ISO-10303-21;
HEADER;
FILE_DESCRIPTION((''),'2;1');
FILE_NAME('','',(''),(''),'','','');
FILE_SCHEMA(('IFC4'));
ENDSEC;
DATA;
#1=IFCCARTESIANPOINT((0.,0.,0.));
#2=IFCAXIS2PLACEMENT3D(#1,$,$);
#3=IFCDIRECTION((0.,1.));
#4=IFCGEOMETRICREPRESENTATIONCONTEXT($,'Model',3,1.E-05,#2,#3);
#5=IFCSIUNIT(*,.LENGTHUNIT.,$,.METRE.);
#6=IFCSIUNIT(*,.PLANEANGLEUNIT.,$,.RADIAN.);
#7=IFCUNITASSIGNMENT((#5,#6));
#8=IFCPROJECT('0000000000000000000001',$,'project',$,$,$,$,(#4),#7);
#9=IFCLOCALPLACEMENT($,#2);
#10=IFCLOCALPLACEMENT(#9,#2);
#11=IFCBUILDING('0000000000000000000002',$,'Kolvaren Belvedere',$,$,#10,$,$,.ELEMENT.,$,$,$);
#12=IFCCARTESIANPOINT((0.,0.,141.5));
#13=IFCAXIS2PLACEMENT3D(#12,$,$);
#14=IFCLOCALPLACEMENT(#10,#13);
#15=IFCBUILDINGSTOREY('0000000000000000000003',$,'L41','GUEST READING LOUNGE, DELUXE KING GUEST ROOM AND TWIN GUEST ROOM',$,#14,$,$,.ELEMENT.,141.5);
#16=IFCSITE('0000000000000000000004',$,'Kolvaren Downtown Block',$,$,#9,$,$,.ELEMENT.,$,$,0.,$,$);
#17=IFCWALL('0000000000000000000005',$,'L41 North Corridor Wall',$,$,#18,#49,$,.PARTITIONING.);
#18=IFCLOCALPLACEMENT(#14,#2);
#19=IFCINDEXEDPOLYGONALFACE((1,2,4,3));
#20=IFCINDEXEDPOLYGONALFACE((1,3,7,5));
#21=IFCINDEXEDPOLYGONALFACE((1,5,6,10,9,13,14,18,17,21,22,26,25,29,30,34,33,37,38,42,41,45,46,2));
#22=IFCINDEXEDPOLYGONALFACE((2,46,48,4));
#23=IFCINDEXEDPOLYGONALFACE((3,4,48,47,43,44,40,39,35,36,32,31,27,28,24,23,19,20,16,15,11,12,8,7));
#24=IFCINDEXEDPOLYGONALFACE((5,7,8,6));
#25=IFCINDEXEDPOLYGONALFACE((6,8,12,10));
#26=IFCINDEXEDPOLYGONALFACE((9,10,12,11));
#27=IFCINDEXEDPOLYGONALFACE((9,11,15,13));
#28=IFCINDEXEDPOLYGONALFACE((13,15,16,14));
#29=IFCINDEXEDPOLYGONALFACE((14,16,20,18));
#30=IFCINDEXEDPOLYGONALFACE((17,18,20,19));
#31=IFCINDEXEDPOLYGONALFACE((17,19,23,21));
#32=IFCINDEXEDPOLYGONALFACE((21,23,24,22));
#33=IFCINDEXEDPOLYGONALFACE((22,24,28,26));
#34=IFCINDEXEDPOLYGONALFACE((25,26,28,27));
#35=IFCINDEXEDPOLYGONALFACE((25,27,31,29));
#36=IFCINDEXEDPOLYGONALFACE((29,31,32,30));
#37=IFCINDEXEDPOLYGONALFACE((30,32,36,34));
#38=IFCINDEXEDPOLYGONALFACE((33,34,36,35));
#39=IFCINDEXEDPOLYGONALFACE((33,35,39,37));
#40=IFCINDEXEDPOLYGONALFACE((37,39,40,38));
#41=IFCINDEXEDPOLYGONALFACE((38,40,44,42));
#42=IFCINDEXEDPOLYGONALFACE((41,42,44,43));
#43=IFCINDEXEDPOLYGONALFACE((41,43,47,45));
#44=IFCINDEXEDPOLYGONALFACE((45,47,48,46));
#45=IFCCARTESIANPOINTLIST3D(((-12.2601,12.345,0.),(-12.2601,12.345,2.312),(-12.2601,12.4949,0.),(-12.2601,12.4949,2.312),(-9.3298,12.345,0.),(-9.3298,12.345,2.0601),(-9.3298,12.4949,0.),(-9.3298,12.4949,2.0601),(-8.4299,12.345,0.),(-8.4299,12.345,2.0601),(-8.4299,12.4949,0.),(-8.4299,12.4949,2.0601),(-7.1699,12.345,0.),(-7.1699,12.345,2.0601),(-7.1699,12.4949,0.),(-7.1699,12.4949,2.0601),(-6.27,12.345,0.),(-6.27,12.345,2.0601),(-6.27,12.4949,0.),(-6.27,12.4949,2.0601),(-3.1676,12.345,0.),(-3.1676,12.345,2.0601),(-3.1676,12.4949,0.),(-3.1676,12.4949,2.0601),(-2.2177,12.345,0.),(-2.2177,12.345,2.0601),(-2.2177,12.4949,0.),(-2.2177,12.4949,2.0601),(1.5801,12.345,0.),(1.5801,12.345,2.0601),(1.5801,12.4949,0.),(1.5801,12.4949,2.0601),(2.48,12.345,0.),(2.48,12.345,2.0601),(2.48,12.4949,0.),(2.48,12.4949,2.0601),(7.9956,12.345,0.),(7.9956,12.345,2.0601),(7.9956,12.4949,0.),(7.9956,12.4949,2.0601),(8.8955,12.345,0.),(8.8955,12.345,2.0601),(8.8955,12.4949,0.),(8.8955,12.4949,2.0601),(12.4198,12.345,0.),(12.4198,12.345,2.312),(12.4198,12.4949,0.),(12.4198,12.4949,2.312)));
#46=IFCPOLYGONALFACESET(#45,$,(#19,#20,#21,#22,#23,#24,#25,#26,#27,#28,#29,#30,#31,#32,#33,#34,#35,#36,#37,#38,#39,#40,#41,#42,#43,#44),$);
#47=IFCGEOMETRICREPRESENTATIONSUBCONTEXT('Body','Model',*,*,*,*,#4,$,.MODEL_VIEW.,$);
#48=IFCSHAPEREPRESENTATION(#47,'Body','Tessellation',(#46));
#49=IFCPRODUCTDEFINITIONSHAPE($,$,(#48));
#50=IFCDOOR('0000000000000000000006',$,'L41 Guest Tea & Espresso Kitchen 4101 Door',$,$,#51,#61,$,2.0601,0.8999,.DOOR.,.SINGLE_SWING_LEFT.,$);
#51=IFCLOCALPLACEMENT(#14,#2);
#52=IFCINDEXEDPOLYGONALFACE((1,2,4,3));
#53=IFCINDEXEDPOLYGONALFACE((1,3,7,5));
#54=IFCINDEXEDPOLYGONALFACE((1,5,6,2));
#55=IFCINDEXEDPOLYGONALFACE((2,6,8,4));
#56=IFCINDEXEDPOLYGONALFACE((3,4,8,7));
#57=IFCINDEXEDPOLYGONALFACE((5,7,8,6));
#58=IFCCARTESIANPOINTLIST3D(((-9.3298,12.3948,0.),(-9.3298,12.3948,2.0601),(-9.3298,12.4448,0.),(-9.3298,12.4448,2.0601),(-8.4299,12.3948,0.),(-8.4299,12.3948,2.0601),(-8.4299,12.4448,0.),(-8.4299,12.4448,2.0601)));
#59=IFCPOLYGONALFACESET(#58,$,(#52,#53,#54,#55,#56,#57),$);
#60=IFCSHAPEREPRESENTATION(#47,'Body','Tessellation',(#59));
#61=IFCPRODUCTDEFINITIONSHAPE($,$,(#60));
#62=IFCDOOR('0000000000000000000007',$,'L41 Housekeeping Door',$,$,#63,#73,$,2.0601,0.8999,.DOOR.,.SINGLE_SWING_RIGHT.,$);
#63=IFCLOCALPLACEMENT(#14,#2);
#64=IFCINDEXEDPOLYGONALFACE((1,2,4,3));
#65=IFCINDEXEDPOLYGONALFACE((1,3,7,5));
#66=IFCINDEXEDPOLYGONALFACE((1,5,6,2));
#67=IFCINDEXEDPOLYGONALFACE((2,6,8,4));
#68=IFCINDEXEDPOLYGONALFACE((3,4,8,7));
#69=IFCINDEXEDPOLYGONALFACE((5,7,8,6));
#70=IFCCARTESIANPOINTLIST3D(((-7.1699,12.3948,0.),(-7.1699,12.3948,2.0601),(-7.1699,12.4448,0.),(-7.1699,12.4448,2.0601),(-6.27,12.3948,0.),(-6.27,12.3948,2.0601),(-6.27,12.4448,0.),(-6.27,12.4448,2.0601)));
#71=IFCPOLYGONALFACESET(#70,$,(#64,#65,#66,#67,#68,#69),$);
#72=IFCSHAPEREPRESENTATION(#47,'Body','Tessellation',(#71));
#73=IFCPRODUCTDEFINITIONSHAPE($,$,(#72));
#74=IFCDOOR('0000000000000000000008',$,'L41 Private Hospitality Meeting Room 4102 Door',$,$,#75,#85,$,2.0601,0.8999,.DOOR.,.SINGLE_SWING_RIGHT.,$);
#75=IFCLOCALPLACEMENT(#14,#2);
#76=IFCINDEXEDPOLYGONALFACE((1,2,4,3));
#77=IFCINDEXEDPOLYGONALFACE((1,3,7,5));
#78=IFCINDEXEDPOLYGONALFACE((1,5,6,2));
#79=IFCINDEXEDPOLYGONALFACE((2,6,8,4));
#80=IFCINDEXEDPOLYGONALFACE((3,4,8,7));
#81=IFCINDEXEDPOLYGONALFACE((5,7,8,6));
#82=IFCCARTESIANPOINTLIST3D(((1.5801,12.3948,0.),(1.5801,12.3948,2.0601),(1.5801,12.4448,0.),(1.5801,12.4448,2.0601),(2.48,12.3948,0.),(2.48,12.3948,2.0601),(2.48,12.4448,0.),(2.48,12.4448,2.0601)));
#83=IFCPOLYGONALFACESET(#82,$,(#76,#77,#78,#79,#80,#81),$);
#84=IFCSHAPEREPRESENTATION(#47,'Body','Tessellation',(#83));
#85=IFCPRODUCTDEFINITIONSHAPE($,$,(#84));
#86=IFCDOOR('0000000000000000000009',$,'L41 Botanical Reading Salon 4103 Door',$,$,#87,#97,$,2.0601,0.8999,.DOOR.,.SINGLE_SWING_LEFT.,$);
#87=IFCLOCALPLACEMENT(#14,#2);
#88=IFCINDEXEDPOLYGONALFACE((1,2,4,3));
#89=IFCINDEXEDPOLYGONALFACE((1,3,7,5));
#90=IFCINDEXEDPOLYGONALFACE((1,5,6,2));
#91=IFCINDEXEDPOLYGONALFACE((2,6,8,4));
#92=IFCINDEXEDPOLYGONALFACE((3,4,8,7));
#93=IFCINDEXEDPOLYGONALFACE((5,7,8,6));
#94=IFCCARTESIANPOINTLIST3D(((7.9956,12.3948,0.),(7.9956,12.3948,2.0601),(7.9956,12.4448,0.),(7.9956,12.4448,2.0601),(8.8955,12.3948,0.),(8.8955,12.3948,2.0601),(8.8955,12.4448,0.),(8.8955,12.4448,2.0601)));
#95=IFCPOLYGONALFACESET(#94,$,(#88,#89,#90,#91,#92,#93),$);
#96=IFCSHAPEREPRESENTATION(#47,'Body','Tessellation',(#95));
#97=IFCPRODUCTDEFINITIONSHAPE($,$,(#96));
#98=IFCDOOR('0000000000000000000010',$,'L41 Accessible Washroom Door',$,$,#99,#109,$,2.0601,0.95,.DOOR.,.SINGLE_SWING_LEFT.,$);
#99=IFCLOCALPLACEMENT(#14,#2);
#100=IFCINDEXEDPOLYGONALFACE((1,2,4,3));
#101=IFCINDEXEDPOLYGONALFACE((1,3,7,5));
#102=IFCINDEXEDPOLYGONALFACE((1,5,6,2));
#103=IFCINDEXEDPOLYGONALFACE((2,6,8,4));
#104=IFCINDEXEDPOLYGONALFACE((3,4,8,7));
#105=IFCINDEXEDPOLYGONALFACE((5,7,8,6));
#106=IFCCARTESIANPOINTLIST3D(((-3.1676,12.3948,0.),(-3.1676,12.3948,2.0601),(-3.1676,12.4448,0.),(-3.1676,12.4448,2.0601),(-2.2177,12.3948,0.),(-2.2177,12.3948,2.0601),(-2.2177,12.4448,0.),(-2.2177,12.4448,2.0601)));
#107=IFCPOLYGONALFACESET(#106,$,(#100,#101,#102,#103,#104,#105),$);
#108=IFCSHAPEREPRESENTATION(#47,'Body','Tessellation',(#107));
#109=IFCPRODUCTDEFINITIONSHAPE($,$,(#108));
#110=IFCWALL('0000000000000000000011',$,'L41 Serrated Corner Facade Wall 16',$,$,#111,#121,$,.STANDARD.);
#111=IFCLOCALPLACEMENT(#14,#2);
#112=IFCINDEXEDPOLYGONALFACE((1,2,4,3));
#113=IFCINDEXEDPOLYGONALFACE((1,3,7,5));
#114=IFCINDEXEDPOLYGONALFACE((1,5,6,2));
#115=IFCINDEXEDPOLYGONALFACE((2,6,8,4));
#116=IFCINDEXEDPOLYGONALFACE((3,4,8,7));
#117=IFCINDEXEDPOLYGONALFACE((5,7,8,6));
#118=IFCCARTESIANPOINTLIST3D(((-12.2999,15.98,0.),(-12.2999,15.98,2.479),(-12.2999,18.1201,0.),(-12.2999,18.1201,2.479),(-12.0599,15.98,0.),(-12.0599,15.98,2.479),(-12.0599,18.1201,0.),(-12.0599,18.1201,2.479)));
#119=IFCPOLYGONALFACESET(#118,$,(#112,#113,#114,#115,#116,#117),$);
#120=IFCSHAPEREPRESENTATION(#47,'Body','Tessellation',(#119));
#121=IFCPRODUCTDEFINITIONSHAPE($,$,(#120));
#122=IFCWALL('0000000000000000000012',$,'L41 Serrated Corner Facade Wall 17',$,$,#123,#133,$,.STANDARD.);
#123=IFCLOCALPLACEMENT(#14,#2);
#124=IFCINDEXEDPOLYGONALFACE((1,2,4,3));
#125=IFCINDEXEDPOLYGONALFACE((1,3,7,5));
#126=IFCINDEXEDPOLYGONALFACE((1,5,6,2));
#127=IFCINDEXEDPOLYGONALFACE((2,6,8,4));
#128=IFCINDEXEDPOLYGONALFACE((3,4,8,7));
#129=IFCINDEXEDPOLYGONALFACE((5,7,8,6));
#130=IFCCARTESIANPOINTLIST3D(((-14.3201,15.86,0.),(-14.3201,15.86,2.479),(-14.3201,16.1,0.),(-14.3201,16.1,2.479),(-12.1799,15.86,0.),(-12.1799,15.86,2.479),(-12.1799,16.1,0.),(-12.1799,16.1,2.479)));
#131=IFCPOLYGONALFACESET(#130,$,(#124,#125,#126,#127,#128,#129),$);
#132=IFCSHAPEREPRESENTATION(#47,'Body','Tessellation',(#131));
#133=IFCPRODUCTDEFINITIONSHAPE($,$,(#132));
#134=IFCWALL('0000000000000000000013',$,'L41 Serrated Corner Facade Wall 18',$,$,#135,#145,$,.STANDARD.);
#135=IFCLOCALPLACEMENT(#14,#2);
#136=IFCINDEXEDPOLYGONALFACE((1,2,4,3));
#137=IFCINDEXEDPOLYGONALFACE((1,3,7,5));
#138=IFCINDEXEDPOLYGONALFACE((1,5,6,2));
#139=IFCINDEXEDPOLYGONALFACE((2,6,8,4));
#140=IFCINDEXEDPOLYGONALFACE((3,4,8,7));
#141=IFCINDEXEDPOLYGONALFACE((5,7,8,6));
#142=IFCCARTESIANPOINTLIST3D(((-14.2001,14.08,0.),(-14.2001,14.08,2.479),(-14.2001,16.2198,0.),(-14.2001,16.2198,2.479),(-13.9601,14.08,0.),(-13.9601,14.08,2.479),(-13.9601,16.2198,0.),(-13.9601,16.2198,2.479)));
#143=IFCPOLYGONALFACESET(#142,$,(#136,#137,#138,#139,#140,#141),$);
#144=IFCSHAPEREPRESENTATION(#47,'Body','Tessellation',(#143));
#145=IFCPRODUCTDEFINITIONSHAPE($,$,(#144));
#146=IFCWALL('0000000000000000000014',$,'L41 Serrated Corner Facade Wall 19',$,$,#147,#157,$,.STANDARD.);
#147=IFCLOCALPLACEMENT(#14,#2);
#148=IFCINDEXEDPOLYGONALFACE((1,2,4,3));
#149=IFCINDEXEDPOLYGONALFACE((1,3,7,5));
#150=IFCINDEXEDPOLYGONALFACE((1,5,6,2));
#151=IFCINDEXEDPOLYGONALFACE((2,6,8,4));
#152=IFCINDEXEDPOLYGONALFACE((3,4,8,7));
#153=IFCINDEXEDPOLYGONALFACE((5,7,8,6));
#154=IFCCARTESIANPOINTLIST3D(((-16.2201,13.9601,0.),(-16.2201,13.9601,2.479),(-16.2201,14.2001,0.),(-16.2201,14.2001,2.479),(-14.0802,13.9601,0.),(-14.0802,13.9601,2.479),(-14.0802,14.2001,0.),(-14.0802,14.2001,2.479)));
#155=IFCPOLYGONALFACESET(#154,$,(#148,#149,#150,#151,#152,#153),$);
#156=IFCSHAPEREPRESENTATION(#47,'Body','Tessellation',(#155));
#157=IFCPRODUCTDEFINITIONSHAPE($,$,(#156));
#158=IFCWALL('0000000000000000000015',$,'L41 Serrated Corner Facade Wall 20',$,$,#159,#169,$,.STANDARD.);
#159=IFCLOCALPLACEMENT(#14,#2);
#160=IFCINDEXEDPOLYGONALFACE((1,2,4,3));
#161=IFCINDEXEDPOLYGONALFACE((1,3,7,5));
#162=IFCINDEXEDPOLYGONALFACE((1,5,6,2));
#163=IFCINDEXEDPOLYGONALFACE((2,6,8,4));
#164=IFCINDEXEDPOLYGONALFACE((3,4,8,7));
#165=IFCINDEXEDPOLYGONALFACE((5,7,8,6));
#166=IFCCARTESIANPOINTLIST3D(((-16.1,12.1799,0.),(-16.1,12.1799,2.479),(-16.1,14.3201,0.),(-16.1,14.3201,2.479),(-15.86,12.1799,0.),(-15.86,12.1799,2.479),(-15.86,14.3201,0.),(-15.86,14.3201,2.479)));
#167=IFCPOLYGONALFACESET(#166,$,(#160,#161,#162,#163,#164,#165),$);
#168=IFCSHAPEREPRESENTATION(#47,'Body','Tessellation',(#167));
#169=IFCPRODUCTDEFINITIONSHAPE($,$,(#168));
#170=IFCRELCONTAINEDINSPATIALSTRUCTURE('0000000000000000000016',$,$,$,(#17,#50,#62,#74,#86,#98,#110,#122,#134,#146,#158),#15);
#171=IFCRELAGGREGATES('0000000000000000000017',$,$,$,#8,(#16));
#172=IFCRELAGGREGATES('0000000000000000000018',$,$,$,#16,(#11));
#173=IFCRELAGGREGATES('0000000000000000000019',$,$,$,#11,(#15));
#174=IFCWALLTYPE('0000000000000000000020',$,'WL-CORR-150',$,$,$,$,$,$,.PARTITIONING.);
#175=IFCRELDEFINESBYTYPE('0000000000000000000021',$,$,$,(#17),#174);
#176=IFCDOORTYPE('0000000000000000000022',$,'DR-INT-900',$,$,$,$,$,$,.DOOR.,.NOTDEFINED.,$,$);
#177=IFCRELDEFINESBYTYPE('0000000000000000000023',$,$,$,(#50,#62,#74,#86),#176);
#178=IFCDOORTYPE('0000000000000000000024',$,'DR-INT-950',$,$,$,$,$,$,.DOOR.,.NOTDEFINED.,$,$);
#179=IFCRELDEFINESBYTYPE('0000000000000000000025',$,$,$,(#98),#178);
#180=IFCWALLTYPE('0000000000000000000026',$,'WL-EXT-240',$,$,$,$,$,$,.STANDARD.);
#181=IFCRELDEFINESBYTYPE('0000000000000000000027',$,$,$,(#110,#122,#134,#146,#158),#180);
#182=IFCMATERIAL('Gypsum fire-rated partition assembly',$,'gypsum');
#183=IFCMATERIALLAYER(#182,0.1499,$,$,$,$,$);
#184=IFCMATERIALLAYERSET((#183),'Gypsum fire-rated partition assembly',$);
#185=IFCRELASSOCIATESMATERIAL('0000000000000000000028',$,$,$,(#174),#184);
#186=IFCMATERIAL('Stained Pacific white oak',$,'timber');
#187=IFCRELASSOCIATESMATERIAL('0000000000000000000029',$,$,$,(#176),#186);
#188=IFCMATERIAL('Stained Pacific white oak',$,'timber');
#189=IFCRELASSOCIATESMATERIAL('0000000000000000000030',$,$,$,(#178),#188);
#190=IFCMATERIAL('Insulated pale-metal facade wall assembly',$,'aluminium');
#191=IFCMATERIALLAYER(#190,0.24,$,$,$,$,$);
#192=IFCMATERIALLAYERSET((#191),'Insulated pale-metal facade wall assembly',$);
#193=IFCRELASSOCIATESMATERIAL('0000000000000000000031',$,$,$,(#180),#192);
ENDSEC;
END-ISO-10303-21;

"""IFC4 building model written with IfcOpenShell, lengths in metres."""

from ifc_helpers import new_model, si_unit, direction, frame, frame_2d, origin, place, context, subcontext, project, spatial, rectangle, extrude, material, layer, layer_set, type_object, element, fill, save


model = new_model("IFC4")

# Units and contexts
model_context = context("Model", 3, precision=1e-05, world=origin(), true_north=direction((0.0, 1.0)))
body_context = subcontext(model_context, "Body", "Model", "MODEL_VIEW")
ifc_project = project(units=[si_unit("LENGTHUNIT", "METRE"), si_unit("PLANEANGLEUNIT", "RADIAN")], contexts=[model_context])

# Site, building, storey
site_placement = place(None, origin())
site = spatial("IfcSite", under=ifc_project, at=site_placement, Name="Kolvaren Downtown Block", CompositionType="ELEMENT", RefElevation=0.0)
building_placement = place(site_placement, origin())
building = spatial("IfcBuilding", under=site, at=building_placement, Name="Kolvaren Belvedere", CompositionType="ELEMENT")
storey_placement = place(building_placement, frame((0.0, 0.0, 141.5)))
storey = spatial("IfcBuildingStorey", under=building, at=storey_placement, Name="L41", Description="GUEST READING LOUNGE, DELUXE KING GUEST ROOM AND TWIN GUEST ROOM", CompositionType="ELEMENT", Elevation=141.5)

# Wall, openings, doors
ifc_material_1 = material(Name="Gypsum fire-rated partition assembly", Category="gypsum")
ifc_layer_1 = layer(ifc_material_1, 0.1499)
ifc_layer_set_1 = layer_set([ifc_layer_1], Name="Gypsum fire-rated partition assembly")
wall_type_1 = type_object("IfcWallType", Name="WL-CORR-150", PredefinedType="PARTITIONING", material=ifc_layer_set_1)
wall_1_placement = place(storey_placement, frame((-12.26, 12.4199, 0.0), z_axis=(0.0, 0.0, 1.0), x_axis=(1.0, 0.0, 0.0)))
wall_1 = element("IfcWall", 1, at=wall_1_placement, inside=storey, type_object=wall_type_1, Name="L41 North Corridor Wall", PredefinedType="PARTITIONING", context=body_context, shape_type="SweptSolid", body=[
    extrude(rectangle(XDim=24.6799, YDim=0.1499, at=frame_2d((12.3398, 0.0))), origin(), (0.0, 0.0, 1.0), 2.312),
])
opening_1_placement = place(wall_1_placement, frame((2.9302, 0.0, 0.0)))
opening_1 = element("IfcOpeningElement", 2, at=opening_1_placement, cuts=wall_1, PredefinedType="OPENING", context=body_context, shape_type="SweptSolid", body=[
    extrude(rectangle(XDim=0.8999, YDim=2.0601, at=frame_2d((0.45, 1.03))), frame((0.0, 0.085, 0.0), z_axis=(0.0, -1.0, 0.0), x_axis=(1.0, 0.0, 0.0)), (0.0, 0.0, 1.0), 0.1699),
])
opening_2_placement = place(wall_1_placement, frame((5.0901, 0.0, 0.0)))
opening_2 = element("IfcOpeningElement", 3, at=opening_2_placement, cuts=wall_1, PredefinedType="OPENING", context=body_context, shape_type="SweptSolid", body=[
    extrude(rectangle(XDim=0.8999, YDim=2.0601, at=frame_2d((0.45, 1.03))), frame((0.0, 0.085, 0.0), z_axis=(0.0, -1.0, 0.0), x_axis=(1.0, 0.0, 0.0)), (0.0, 0.0, 1.0), 0.1699),
])
opening_3_placement = place(wall_1_placement, frame((9.0923, 0.0, 0.0)))
opening_3 = element("IfcOpeningElement", 4, at=opening_3_placement, cuts=wall_1, PredefinedType="OPENING", context=body_context, shape_type="SweptSolid", body=[
    extrude(rectangle(XDim=0.95, YDim=2.0601, at=frame_2d((0.4751, 1.03))), frame((0.0, 0.085, 0.0), z_axis=(0.0, -1.0, 0.0), x_axis=(1.0, 0.0, 0.0)), (0.0, 0.0, 1.0), 0.1699),
])
opening_4_placement = place(wall_1_placement, frame((13.8401, 0.0, 0.0)))
opening_4 = element("IfcOpeningElement", 5, at=opening_4_placement, cuts=wall_1, PredefinedType="OPENING", context=body_context, shape_type="SweptSolid", body=[
    extrude(rectangle(XDim=0.8999, YDim=2.0601, at=frame_2d((0.45, 1.03))), frame((0.0, 0.085, 0.0), z_axis=(0.0, -1.0, 0.0), x_axis=(1.0, 0.0, 0.0)), (0.0, 0.0, 1.0), 0.1699),
])
opening_5_placement = place(wall_1_placement, frame((20.2556, 0.0, 0.0)))
opening_5 = element("IfcOpeningElement", 6, at=opening_5_placement, cuts=wall_1, PredefinedType="OPENING", context=body_context, shape_type="SweptSolid", body=[
    extrude(rectangle(XDim=0.8999, YDim=2.0601, at=frame_2d((0.45, 1.03))), frame((0.0, 0.085, 0.0), z_axis=(0.0, -1.0, 0.0), x_axis=(1.0, 0.0, 0.0)), (0.0, 0.0, 1.0), 0.1699),
])
ifc_material_2 = material(Name="Stained Pacific white oak", Category="timber")
door_type_1 = type_object("IfcDoorType", Name="DR-INT-900", OperationType="NOTDEFINED", PredefinedType="DOOR", material=ifc_material_2)
door_1_placement = place(opening_1_placement, origin())
door_1 = element("IfcDoor", 7, at=door_1_placement, inside=storey, type_object=door_type_1, Name="L41 Guest Tea & Espresso Kitchen 4101 Door", OperationType="SINGLE_SWING_LEFT", OverallHeight=2.0601, OverallWidth=0.8999, PredefinedType="DOOR", context=body_context, shape_type="SweptSolid", body=[
    extrude(rectangle(XDim=0.8999, YDim=2.0601, at=frame_2d((0.45, 1.03))), frame((0.0, 0.0249, 0.0), z_axis=(0.0, -1.0, 0.0), x_axis=(1.0, 0.0, 0.0)), (0.0, 0.0, 1.0), 0.05),
])
fill(opening_1, door_1)
door_2_placement = place(opening_2_placement, origin())
door_2 = element("IfcDoor", 8, at=door_2_placement, inside=storey, type_object=door_type_1, Name="L41 Housekeeping Door", OperationType="SINGLE_SWING_RIGHT", OverallHeight=2.0601, OverallWidth=0.8999, PredefinedType="DOOR", context=body_context, shape_type="SweptSolid", body=[
    extrude(rectangle(XDim=0.8999, YDim=2.0601, at=frame_2d((0.45, 1.03))), frame((0.0, 0.0249, 0.0), z_axis=(0.0, -1.0, 0.0), x_axis=(1.0, 0.0, 0.0)), (0.0, 0.0, 1.0), 0.05),
])
fill(opening_2, door_2)
door_3_placement = place(opening_4_placement, origin())
door_3 = element("IfcDoor", 9, at=door_3_placement, inside=storey, type_object=door_type_1, Name="L41 Private Hospitality Meeting Room 4102 Door", OperationType="SINGLE_SWING_RIGHT", OverallHeight=2.0601, OverallWidth=0.8999, PredefinedType="DOOR", context=body_context, shape_type="SweptSolid", body=[
    extrude(rectangle(XDim=0.8999, YDim=2.0601, at=frame_2d((0.45, 1.03))), frame((0.0, 0.0249, 0.0), z_axis=(0.0, -1.0, 0.0), x_axis=(1.0, 0.0, 0.0)), (0.0, 0.0, 1.0), 0.05),
])
fill(opening_4, door_3)
door_4_placement = place(opening_5_placement, origin())
door_4 = element("IfcDoor", 10, at=door_4_placement, inside=storey, type_object=door_type_1, Name="L41 Botanical Reading Salon 4103 Door", OperationType="SINGLE_SWING_LEFT", OverallHeight=2.0601, OverallWidth=0.8999, PredefinedType="DOOR", context=body_context, shape_type="SweptSolid", body=[
    extrude(rectangle(XDim=0.8999, YDim=2.0601, at=frame_2d((0.45, 1.03))), frame((0.0, 0.0249, 0.0), z_axis=(0.0, -1.0, 0.0), x_axis=(1.0, 0.0, 0.0)), (0.0, 0.0, 1.0), 0.05),
])
fill(opening_5, door_4)
ifc_material_3 = material(Name="Stained Pacific white oak", Category="timber")
door_type_2 = type_object("IfcDoorType", Name="DR-INT-950", OperationType="NOTDEFINED", PredefinedType="DOOR", material=ifc_material_3)
door_5_placement = place(opening_3_placement, origin())
door_5 = element("IfcDoor", 11, at=door_5_placement, inside=storey, type_object=door_type_2, Name="L41 Accessible Washroom Door", OperationType="SINGLE_SWING_LEFT", OverallHeight=2.0601, OverallWidth=0.95, PredefinedType="DOOR", context=body_context, shape_type="SweptSolid", body=[
    extrude(rectangle(XDim=0.95, YDim=2.0601, at=frame_2d((0.4751, 1.03))), frame((0.0, 0.0249, 0.0), z_axis=(0.0, -1.0, 0.0), x_axis=(1.0, 0.0, 0.0)), (0.0, 0.0, 1.0), 0.05),
])
fill(opening_3, door_5)

# Walls
ifc_material_4 = material(Name="Insulated pale-metal facade wall assembly", Category="aluminium")
ifc_layer_2 = layer(ifc_material_4, 0.24)
ifc_layer_set_2 = layer_set([ifc_layer_2], Name="Insulated pale-metal facade wall assembly")
wall_type_2 = type_object("IfcWallType", Name="WL-EXT-240", PredefinedType="STANDARD", material=ifc_layer_set_2)
for number, where, z_axis, x_axis, name in (
    (12, (-12.1799, 15.98, 0.0), (0.0, 0.0, 1.0), (0.0, 1.0, 0.0), "L41 Serrated Corner Facade Wall 16"),
    (13, (-14.3201, 15.98, 0.0), (0.0, 0.0, 1.0), (1.0, 0.0, 0.0), "L41 Serrated Corner Facade Wall 17"),
):
    element("IfcWall", number, at=place(storey_placement, frame(where, z_axis=z_axis, x_axis=x_axis)), inside=storey, type_object=wall_type_2, Name=name, PredefinedType="STANDARD", context=body_context, shape_type="SweptSolid", body=[
        extrude(rectangle(XDim=2.1401, YDim=0.24, at=frame_2d((1.0701, 0.0))), origin(), (0.0, 0.0, 1.0), 2.479),
    ])
for number, where, z_axis, x_axis, name in (
    (14, (-14.0801, 14.0801, 0.0), (0.0, 0.0, 1.0), (0.0, 1.0, 0.0), "L41 Serrated Corner Facade Wall 18"),
    (15, (-16.22, 14.0801, 0.0), (0.0, 0.0, 1.0), (1.0, 0.0, 0.0), "L41 Serrated Corner Facade Wall 19"),
):
    element("IfcWall", number, at=place(storey_placement, frame(where, z_axis=z_axis, x_axis=x_axis)), inside=storey, type_object=wall_type_2, Name=name, PredefinedType="STANDARD", context=body_context, shape_type="SweptSolid", body=[
        extrude(rectangle(XDim=2.1399, YDim=0.24, at=frame_2d((1.0698, 0.0))), origin(), (0.0, 0.0, 1.0), 2.479),
    ])
for number, where, z_axis, x_axis, name in (
    (16, (-15.98, 12.1799, 0.0), (0.0, 0.0, 1.0), (0.0, 1.0, 0.0), "L41 Serrated Corner Facade Wall 20"),
):
    element("IfcWall", number, at=place(storey_placement, frame(where, z_axis=z_axis, x_axis=x_axis)), inside=storey, type_object=wall_type_2, Name=name, PredefinedType="STANDARD", context=body_context, shape_type="SweptSolid", body=[
        extrude(rectangle(XDim=2.1401, YDim=0.24, at=frame_2d((1.0701, 0.0))), origin(), (0.0, 0.0, 1.0), 2.479),
    ])

save(model, "model.ifc")
